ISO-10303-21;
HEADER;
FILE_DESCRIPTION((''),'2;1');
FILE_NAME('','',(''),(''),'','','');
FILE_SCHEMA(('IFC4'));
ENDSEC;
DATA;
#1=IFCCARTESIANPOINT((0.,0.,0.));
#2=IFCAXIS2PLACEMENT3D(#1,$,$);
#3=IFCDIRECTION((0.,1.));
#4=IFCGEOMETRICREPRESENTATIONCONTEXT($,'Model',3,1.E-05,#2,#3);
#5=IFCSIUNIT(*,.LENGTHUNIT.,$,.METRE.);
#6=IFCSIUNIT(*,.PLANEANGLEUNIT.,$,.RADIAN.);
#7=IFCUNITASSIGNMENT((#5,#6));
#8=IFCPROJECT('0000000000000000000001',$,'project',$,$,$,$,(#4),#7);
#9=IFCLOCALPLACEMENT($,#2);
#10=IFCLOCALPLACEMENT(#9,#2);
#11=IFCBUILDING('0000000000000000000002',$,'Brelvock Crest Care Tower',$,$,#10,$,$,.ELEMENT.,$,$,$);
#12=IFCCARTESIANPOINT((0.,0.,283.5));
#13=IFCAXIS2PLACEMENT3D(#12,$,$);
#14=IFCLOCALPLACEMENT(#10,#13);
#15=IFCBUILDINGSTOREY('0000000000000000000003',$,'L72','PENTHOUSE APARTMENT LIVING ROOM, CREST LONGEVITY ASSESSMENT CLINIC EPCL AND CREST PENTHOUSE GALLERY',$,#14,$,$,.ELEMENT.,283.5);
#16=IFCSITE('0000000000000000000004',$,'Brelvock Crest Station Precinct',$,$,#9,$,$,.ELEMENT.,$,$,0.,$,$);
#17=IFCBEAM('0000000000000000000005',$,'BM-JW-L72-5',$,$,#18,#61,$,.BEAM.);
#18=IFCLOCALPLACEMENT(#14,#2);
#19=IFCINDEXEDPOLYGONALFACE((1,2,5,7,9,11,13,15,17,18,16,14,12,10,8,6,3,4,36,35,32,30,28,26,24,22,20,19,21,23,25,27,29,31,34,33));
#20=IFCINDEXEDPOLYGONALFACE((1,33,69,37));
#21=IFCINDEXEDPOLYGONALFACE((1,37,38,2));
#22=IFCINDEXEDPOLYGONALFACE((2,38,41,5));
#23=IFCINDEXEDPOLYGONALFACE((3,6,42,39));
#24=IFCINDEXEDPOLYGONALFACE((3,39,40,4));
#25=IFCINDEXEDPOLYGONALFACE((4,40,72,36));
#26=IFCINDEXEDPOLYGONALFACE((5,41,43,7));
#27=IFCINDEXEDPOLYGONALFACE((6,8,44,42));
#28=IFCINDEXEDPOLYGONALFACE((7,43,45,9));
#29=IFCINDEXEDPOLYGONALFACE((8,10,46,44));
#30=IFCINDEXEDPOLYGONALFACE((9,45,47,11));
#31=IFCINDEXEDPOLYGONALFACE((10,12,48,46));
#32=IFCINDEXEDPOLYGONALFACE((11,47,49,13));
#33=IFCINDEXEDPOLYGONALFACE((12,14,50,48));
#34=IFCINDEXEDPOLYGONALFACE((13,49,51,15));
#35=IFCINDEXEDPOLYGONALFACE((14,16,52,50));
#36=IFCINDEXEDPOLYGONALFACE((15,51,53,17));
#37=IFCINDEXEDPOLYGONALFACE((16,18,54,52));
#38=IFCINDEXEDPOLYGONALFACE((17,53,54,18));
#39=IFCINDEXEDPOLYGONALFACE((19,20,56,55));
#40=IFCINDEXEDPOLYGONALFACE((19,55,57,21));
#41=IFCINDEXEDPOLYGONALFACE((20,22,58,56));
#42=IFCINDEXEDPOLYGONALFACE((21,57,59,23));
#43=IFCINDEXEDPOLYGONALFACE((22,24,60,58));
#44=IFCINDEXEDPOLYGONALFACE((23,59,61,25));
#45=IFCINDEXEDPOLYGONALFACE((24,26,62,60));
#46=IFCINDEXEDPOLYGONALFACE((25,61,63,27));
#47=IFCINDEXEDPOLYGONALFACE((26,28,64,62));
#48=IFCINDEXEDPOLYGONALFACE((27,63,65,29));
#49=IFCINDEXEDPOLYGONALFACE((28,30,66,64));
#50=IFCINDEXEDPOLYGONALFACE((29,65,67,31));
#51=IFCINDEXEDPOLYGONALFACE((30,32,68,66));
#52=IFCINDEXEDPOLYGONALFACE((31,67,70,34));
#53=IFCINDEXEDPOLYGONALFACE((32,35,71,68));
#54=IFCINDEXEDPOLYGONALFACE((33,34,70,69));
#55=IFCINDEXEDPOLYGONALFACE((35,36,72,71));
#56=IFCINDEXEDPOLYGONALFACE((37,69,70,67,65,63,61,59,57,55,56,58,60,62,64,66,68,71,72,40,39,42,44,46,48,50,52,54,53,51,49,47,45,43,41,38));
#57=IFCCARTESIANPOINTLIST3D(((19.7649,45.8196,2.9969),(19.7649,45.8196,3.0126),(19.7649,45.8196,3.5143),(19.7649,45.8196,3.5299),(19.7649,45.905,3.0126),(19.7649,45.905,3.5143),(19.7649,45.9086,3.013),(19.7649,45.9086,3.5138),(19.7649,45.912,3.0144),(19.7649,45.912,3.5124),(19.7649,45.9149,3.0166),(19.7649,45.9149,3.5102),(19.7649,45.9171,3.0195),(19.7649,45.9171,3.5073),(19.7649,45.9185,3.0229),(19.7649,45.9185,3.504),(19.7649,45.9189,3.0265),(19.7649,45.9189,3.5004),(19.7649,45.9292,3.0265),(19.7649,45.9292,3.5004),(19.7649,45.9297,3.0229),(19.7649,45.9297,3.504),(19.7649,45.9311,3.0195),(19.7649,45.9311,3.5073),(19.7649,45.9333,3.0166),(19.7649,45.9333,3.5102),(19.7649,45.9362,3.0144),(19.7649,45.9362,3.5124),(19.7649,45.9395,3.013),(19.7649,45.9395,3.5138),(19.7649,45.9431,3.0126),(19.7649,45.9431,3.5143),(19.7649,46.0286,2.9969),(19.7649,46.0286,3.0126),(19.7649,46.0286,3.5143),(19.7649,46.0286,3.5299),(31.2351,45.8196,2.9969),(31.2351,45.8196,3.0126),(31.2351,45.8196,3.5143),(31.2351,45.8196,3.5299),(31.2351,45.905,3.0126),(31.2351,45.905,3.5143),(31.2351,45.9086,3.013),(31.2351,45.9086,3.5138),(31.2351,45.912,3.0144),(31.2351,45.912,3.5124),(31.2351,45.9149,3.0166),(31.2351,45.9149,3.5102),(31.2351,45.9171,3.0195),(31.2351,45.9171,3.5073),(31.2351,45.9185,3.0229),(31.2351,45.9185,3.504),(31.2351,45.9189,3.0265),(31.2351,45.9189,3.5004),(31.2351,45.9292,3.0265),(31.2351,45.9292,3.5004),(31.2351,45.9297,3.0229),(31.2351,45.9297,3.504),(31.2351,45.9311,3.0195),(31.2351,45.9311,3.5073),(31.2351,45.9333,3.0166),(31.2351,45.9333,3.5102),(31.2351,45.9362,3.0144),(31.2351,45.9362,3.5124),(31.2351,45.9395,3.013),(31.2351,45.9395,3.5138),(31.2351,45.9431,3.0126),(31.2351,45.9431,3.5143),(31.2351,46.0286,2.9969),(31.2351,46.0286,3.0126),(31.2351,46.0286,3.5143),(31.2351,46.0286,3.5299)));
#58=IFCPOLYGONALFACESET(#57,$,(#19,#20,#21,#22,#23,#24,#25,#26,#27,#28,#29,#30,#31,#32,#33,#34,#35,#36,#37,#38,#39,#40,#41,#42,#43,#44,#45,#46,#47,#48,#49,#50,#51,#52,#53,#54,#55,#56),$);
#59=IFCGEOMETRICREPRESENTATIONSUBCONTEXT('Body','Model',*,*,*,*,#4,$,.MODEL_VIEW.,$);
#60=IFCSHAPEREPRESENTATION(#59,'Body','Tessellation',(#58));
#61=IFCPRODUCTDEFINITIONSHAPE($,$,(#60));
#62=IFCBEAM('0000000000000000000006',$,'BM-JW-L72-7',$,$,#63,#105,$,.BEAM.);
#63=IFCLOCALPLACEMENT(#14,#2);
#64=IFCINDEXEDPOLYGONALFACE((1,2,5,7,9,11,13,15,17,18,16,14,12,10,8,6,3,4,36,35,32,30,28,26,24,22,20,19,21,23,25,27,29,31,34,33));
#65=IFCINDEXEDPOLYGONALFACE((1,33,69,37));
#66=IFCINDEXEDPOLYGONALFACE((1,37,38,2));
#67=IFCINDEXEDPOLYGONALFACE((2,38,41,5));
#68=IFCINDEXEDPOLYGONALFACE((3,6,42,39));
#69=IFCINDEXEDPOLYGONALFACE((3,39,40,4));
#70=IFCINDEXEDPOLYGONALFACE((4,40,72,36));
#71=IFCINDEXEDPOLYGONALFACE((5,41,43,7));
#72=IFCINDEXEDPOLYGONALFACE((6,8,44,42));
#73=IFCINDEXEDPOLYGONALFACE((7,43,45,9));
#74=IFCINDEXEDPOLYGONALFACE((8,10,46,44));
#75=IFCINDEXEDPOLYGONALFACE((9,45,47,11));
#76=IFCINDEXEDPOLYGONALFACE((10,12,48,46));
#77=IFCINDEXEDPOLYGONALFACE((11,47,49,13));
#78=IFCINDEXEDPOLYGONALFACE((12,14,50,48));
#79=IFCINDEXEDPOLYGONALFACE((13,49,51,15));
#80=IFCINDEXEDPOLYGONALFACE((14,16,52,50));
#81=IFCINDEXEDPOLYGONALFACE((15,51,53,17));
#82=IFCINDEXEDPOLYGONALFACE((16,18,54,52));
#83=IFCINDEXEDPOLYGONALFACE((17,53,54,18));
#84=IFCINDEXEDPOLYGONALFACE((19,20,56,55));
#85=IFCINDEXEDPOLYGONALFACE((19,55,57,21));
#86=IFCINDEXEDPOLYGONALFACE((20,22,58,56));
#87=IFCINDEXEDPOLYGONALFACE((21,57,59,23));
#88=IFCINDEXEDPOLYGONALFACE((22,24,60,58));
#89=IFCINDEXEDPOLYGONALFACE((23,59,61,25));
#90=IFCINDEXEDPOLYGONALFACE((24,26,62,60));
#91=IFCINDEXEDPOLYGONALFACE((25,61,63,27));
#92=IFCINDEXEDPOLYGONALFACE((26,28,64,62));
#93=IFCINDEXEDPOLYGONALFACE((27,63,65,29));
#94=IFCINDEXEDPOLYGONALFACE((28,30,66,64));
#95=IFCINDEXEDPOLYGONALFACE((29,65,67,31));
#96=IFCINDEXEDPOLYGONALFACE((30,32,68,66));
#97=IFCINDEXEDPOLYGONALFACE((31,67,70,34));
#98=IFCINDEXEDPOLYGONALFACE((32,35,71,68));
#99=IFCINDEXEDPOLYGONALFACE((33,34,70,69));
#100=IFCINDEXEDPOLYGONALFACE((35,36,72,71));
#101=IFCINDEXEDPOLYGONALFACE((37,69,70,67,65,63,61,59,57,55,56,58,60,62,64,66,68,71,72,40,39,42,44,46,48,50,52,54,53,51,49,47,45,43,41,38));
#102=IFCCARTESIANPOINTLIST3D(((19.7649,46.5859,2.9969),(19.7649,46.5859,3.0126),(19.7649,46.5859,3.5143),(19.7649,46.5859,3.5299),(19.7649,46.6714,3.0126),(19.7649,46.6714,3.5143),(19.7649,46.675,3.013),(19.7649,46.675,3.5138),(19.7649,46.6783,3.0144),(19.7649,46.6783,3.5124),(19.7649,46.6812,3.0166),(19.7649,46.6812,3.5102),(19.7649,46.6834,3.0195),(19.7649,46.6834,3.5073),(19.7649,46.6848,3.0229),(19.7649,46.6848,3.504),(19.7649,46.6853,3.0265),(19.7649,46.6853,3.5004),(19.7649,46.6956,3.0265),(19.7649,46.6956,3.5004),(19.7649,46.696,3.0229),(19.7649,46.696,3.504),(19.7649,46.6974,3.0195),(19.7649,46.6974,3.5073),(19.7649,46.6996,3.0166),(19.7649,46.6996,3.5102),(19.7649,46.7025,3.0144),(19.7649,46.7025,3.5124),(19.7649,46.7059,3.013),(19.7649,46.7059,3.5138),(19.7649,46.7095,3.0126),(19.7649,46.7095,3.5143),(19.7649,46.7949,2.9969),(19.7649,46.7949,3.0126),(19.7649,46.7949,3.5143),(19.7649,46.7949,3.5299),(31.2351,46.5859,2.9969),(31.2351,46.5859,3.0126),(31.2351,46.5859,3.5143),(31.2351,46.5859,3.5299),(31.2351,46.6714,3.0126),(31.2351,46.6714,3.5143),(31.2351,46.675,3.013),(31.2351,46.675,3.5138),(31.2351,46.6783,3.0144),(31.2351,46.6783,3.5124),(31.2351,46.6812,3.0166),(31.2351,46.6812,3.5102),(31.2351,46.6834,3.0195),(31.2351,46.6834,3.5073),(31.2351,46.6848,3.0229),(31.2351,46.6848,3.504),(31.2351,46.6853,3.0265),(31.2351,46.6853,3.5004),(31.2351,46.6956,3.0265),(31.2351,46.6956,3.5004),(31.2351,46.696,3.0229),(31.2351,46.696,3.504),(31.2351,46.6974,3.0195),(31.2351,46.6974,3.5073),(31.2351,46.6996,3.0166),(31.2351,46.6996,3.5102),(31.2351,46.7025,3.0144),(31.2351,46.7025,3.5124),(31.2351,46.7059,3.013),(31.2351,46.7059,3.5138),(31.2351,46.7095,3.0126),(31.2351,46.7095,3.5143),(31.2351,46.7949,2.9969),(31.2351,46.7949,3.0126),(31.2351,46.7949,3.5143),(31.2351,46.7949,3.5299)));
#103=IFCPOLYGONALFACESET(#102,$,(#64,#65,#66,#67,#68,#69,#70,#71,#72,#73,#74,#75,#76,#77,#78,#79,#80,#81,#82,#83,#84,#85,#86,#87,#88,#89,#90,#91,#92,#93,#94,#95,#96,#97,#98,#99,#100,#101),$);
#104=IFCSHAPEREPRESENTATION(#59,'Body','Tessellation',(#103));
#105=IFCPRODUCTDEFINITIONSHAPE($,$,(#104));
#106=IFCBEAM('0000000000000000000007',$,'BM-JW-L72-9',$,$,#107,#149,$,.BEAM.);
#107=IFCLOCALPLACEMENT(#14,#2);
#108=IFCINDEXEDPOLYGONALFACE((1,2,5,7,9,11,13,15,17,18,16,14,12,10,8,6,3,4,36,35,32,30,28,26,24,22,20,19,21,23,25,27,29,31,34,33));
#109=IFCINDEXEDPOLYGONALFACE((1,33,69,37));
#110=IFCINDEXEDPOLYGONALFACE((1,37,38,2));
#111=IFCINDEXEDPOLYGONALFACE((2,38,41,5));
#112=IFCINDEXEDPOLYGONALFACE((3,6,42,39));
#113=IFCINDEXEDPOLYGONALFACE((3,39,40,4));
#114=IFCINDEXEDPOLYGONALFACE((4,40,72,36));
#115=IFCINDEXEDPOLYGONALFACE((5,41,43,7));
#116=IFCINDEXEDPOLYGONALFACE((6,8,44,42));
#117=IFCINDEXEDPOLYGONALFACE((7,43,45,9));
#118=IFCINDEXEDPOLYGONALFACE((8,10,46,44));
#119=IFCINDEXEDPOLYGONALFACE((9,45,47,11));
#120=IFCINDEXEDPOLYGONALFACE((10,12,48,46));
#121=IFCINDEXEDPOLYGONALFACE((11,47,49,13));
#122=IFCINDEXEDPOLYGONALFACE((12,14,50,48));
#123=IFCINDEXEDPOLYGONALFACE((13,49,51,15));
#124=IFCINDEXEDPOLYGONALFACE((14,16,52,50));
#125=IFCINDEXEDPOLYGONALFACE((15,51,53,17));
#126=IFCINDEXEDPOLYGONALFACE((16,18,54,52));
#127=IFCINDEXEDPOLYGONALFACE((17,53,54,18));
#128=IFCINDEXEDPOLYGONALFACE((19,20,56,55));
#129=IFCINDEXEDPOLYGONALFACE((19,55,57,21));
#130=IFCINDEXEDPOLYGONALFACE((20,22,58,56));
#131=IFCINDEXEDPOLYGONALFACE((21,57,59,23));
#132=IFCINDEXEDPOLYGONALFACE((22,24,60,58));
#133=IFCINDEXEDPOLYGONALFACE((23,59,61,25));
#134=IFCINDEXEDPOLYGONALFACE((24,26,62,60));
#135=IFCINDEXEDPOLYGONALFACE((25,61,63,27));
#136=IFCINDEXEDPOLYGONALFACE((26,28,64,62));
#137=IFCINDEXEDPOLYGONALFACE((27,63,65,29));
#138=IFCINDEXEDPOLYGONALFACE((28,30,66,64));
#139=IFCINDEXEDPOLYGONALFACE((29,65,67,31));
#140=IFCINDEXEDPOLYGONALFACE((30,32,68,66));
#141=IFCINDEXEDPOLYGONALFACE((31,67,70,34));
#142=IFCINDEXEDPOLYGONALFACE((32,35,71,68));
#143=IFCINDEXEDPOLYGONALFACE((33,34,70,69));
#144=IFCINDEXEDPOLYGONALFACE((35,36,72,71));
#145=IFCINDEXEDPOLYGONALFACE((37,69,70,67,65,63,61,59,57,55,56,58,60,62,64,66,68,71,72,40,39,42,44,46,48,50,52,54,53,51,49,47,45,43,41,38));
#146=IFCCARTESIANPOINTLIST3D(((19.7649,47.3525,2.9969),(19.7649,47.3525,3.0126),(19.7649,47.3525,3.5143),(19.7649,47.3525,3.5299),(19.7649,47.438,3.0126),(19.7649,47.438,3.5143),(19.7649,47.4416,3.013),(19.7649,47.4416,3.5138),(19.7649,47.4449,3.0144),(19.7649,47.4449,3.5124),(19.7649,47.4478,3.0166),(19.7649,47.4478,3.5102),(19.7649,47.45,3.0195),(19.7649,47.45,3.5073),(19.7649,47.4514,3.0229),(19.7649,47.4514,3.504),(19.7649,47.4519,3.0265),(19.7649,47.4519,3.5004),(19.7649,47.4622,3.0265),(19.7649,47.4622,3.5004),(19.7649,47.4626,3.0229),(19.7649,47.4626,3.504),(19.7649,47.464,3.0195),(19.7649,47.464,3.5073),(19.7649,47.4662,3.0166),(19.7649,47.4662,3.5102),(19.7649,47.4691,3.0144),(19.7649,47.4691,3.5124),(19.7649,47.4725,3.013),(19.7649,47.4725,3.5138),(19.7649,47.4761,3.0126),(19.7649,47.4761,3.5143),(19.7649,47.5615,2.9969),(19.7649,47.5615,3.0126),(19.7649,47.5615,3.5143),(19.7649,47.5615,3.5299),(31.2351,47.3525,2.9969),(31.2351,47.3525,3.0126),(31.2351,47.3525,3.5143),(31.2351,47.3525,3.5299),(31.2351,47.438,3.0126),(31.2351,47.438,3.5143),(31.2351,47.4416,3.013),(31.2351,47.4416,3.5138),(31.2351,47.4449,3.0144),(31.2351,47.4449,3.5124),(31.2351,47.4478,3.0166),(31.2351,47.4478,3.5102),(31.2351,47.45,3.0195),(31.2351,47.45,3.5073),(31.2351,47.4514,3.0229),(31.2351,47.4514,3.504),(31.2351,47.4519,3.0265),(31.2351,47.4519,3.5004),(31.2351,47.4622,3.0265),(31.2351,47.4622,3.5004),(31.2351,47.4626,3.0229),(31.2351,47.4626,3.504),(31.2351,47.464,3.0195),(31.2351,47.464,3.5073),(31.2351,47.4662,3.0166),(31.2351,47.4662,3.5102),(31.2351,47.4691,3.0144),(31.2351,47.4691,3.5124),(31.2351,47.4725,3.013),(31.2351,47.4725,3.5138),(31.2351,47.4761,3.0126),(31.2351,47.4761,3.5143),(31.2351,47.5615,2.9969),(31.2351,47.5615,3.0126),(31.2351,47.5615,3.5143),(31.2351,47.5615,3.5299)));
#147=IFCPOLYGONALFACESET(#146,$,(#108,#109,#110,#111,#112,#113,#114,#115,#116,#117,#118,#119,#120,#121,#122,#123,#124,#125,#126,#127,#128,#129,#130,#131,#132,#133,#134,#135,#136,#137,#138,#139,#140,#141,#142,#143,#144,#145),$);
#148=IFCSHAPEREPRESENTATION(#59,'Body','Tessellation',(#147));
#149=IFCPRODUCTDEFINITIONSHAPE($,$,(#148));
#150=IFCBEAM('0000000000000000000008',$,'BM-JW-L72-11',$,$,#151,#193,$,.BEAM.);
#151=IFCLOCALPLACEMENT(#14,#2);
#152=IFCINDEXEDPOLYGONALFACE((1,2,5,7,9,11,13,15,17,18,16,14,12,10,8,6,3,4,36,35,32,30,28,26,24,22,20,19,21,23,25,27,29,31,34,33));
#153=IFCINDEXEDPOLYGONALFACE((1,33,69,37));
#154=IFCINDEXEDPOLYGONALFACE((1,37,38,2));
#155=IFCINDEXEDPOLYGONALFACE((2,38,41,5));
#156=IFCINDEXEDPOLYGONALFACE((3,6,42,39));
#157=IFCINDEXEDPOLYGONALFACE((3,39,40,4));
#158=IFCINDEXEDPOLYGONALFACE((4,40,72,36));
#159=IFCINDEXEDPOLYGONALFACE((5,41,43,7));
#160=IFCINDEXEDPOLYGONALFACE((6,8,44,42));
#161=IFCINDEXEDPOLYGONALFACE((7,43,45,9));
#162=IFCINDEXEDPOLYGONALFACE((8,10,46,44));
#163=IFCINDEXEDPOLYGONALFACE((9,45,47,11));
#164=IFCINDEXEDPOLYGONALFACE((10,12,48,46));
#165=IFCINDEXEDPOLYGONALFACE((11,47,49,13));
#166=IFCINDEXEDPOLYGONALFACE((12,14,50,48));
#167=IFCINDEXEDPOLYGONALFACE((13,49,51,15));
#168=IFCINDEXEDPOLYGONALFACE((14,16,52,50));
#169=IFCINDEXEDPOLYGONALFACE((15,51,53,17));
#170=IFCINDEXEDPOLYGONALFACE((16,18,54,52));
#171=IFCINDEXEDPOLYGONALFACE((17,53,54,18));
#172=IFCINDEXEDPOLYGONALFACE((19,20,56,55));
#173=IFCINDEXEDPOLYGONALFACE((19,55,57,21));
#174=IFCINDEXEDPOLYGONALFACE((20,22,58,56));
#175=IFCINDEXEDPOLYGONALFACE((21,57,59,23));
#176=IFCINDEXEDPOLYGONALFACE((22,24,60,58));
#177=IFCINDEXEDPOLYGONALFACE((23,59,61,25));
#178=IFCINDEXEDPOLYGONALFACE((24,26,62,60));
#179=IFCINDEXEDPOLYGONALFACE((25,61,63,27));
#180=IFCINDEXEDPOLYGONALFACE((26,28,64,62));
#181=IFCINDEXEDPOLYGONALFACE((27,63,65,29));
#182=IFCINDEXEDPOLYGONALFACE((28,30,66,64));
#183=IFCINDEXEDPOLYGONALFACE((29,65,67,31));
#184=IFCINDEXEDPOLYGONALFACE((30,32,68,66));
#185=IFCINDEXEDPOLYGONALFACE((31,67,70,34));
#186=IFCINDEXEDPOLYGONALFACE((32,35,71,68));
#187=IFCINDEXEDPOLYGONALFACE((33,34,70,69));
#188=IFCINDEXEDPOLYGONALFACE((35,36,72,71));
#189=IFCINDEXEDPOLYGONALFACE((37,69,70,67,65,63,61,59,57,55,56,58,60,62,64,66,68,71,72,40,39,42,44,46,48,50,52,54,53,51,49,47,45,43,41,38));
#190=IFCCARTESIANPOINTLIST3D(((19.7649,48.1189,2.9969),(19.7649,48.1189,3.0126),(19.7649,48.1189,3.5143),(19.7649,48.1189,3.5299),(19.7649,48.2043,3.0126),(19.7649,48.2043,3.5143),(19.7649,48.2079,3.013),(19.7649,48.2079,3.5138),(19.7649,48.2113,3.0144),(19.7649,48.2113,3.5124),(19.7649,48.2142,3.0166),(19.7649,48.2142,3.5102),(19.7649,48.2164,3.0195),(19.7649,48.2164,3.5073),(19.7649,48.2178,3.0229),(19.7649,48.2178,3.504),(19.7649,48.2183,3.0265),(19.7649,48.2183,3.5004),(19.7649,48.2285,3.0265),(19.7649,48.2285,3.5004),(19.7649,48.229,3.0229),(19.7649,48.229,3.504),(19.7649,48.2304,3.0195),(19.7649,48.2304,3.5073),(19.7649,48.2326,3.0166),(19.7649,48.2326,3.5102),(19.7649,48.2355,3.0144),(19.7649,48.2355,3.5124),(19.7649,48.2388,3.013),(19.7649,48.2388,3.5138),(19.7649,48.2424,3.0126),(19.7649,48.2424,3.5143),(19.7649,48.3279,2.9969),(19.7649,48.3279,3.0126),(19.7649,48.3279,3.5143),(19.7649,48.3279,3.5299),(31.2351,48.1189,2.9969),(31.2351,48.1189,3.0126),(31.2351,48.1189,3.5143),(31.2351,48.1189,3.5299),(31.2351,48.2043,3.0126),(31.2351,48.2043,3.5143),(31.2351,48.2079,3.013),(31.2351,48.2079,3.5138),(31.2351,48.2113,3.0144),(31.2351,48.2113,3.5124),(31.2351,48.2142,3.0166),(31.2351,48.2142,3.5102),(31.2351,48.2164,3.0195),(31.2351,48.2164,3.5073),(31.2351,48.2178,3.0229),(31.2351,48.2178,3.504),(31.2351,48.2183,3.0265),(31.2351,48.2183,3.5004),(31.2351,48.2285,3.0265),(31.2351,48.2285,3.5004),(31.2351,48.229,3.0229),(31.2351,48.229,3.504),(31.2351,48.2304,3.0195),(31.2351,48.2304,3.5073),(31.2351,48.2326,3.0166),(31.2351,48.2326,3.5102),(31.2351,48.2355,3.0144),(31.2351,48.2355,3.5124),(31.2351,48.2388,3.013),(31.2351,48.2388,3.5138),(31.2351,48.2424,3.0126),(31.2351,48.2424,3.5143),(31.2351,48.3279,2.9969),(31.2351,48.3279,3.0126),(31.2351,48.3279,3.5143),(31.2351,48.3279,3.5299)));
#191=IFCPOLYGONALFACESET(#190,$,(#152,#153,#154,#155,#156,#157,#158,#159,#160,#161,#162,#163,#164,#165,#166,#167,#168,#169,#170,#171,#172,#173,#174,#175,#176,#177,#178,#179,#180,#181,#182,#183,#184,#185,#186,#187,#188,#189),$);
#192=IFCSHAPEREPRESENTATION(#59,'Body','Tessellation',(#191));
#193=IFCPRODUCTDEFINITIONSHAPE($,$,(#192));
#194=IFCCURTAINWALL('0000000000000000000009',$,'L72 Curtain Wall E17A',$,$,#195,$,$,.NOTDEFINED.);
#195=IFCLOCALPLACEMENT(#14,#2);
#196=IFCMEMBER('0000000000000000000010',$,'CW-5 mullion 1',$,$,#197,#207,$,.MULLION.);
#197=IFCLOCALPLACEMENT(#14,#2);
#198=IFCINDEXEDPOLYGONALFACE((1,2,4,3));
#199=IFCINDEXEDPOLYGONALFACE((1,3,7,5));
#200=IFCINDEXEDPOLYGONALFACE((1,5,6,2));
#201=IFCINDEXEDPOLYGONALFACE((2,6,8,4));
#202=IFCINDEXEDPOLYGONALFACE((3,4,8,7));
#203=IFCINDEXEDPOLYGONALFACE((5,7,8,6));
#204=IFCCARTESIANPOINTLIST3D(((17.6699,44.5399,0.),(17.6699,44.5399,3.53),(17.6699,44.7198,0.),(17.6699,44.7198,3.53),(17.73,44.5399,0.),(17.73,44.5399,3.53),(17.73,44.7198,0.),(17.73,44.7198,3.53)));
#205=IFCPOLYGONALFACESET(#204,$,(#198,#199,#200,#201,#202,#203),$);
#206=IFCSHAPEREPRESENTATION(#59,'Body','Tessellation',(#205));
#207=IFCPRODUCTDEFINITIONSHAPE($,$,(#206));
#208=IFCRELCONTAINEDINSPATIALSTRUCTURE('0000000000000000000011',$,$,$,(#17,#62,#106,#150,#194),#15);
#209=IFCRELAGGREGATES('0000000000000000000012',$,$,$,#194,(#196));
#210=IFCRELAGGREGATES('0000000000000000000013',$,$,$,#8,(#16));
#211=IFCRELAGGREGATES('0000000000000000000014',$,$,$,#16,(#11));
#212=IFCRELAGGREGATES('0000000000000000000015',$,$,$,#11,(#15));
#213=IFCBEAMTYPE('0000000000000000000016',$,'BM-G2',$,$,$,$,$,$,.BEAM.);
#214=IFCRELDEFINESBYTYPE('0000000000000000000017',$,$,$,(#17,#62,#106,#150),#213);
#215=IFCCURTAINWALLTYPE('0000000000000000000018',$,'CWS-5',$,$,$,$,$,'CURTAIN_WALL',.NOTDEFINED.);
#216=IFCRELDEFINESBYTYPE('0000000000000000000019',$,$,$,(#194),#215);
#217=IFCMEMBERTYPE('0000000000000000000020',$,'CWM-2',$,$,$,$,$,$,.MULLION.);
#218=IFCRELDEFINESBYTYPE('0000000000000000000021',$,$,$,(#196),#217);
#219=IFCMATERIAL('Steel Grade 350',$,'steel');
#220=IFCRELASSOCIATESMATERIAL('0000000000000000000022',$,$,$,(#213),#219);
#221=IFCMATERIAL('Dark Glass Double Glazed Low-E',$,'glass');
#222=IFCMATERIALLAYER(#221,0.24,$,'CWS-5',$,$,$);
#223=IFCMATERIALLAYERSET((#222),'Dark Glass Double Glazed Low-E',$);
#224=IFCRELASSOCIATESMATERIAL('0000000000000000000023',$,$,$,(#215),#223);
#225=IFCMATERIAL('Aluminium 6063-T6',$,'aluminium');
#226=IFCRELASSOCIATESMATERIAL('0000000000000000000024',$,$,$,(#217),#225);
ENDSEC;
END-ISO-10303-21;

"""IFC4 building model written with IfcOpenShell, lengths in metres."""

from ifc_helpers import new_model, si_unit, direction, frame, origin, origin_2d, place, context, subcontext, project, spatial, rectangle, i_section, extrude, source, transform, mapped, material, layer, layer_set, material_profile, profile_set, type_object, element, aggregate, save


model = new_model("IFC4")

# Units and contexts
model_context = context("Model", 3, precision=1e-05, world=origin(), true_north=direction((0.0, 1.0)))
body_context = subcontext(model_context, "Body", "Model", "MODEL_VIEW")
ifc_project = project(units=[si_unit("LENGTHUNIT", "METRE"), si_unit("PLANEANGLEUNIT", "RADIAN")], contexts=[model_context])

# Site, building, storey
site_placement = place(None, origin())
site = spatial("IfcSite", under=ifc_project, at=site_placement, Name="Brelvock Crest Station Precinct", CompositionType="ELEMENT", RefElevation=0.0)
building_placement = place(site_placement, origin())
building = spatial("IfcBuilding", under=site, at=building_placement, Name="Brelvock Crest Care Tower", CompositionType="ELEMENT")
storey_placement = place(building_placement, frame((0.0, 0.0, 283.5)))
storey = spatial("IfcBuildingStorey", under=building, at=storey_placement, Name="L72", Description="PENTHOUSE APARTMENT LIVING ROOM, CREST LONGEVITY ASSESSMENT CLINIC EPCL AND CREST PENTHOUSE GALLERY", CompositionType="ELEMENT", Elevation=283.5)

# Beams
ifc_material_1 = material(Name="Steel Grade 350", Category="steel")
ifc_material_profile_1 = material_profile(ifc_material_1, i_section(OverallWidth=0.209, OverallDepth=0.533, WebThickness=0.0103, FlangeThickness=0.0156, FilletRadius=0.0139, at=origin_2d()), Name="530UB92.4")
ifc_profile_set_1 = profile_set([ifc_material_profile_1], Name="Steel Grade 350")
beam_type_1 = type_object("IfcBeamType", Name="BM-G2", PredefinedType="BEAM", material=ifc_profile_set_1)
shared_shape_1 = source(origin(), body_context, "Body", "SweptSolid", [
    extrude(i_section(OverallWidth=0.209, OverallDepth=0.533, WebThickness=0.0103, FlangeThickness=0.0156, FilletRadius=0.0139, at=origin_2d()), origin(), (0.0, 0.0, 1.0), 11.4702),
])
for number, where, z_axis, x_axis, name in (
    (1, (19.7649, 45.9241, 3.2634), (1.0, 0.0, 0.0), (0.0, 1.0, 0.0), "BM-JW-L72-5"),
    (2, (19.7649, 46.6904, 3.2634), (1.0, 0.0, 0.0), (0.0, 1.0, 0.0), "BM-JW-L72-7"),
    (3, (19.7649, 47.457, 3.2634), (1.0, 0.0, 0.0), (0.0, 1.0, 0.0), "BM-JW-L72-9"),
    (4, (19.7649, 48.2234, 3.2634), (1.0, 0.0, 0.0), (0.0, 1.0, 0.0), "BM-JW-L72-11"),
):
    element("IfcBeam", number, at=place(storey_placement, frame(where, z_axis=z_axis, x_axis=x_axis)), inside=storey, type_object=beam_type_1, Name=name, PredefinedType="BEAM", context=body_context, shape_type="MappedRepresentation", body=[
        mapped(shared_shape_1, transform((0.0, 0.0, 0.0), x_axis=(1.0, 0.0, 0.0), y_axis=(0.0, 1.0, 0.0), z_axis=(0.0, 0.0, 1.0), scale=1.0)),
    ])

# Curtain wall, member
ifc_material_2 = material(Name="Dark Glass Double Glazed Low-E", Category="glass")
ifc_layer_1 = layer(ifc_material_2, 0.24, Name="CWS-5")
ifc_layer_set_1 = layer_set([ifc_layer_1], Name="Dark Glass Double Glazed Low-E")
curtain_wall_type = type_object("IfcCurtainWallType", Name="CWS-5", ElementType="CURTAIN_WALL", PredefinedType="NOTDEFINED", material=ifc_layer_set_1)
curtain_wall_1_placement = place(storey_placement, origin())
curtain_wall_1 = element("IfcCurtainWall", 5, at=curtain_wall_1_placement, inside=storey, type_object=curtain_wall_type, Name="L72 Curtain Wall E17A", PredefinedType="NOTDEFINED")
ifc_material_3 = material(Name="Aluminium 6063-T6", Category="aluminium")
ifc_material_profile_2 = material_profile(ifc_material_3, rectangle(XDim=0.0601, YDim=0.1799, at=origin_2d()), Name="ALU60x180")
ifc_profile_set_2 = profile_set([ifc_material_profile_2], Name="Aluminium 6063-T6")
member_type_1 = type_object("IfcMemberType", Name="CWM-2", PredefinedType="MULLION", material=ifc_profile_set_2)
shared_shape_2 = source(origin(), body_context, "Body", "SweptSolid", [
    extrude(rectangle(XDim=0.0601, YDim=0.1799, at=origin_2d()), origin(), (0.0, 0.0, 1.0), 3.53),
])
member_1_placement = place(storey_placement, frame((17.7, 44.6299, 0.0), z_axis=(0.0, 0.0, 1.0), x_axis=(-1.0, 0.0, 0.0)))
member_1 = element("IfcMember", 6, at=member_1_placement, type_object=member_type_1, Name="CW-5 mullion 1", PredefinedType="MULLION", context=body_context, shape_type="MappedRepresentation", body=[
    mapped(shared_shape_2, transform((0.0, 0.0, 0.0), x_axis=(1.0, 0.0, 0.0), y_axis=(0.0, 1.0, 0.0), z_axis=(0.0, 0.0, 1.0), scale=1.0)),
])

aggregate(curtain_wall_1, [member_1])

save(model, "model.ifc")
